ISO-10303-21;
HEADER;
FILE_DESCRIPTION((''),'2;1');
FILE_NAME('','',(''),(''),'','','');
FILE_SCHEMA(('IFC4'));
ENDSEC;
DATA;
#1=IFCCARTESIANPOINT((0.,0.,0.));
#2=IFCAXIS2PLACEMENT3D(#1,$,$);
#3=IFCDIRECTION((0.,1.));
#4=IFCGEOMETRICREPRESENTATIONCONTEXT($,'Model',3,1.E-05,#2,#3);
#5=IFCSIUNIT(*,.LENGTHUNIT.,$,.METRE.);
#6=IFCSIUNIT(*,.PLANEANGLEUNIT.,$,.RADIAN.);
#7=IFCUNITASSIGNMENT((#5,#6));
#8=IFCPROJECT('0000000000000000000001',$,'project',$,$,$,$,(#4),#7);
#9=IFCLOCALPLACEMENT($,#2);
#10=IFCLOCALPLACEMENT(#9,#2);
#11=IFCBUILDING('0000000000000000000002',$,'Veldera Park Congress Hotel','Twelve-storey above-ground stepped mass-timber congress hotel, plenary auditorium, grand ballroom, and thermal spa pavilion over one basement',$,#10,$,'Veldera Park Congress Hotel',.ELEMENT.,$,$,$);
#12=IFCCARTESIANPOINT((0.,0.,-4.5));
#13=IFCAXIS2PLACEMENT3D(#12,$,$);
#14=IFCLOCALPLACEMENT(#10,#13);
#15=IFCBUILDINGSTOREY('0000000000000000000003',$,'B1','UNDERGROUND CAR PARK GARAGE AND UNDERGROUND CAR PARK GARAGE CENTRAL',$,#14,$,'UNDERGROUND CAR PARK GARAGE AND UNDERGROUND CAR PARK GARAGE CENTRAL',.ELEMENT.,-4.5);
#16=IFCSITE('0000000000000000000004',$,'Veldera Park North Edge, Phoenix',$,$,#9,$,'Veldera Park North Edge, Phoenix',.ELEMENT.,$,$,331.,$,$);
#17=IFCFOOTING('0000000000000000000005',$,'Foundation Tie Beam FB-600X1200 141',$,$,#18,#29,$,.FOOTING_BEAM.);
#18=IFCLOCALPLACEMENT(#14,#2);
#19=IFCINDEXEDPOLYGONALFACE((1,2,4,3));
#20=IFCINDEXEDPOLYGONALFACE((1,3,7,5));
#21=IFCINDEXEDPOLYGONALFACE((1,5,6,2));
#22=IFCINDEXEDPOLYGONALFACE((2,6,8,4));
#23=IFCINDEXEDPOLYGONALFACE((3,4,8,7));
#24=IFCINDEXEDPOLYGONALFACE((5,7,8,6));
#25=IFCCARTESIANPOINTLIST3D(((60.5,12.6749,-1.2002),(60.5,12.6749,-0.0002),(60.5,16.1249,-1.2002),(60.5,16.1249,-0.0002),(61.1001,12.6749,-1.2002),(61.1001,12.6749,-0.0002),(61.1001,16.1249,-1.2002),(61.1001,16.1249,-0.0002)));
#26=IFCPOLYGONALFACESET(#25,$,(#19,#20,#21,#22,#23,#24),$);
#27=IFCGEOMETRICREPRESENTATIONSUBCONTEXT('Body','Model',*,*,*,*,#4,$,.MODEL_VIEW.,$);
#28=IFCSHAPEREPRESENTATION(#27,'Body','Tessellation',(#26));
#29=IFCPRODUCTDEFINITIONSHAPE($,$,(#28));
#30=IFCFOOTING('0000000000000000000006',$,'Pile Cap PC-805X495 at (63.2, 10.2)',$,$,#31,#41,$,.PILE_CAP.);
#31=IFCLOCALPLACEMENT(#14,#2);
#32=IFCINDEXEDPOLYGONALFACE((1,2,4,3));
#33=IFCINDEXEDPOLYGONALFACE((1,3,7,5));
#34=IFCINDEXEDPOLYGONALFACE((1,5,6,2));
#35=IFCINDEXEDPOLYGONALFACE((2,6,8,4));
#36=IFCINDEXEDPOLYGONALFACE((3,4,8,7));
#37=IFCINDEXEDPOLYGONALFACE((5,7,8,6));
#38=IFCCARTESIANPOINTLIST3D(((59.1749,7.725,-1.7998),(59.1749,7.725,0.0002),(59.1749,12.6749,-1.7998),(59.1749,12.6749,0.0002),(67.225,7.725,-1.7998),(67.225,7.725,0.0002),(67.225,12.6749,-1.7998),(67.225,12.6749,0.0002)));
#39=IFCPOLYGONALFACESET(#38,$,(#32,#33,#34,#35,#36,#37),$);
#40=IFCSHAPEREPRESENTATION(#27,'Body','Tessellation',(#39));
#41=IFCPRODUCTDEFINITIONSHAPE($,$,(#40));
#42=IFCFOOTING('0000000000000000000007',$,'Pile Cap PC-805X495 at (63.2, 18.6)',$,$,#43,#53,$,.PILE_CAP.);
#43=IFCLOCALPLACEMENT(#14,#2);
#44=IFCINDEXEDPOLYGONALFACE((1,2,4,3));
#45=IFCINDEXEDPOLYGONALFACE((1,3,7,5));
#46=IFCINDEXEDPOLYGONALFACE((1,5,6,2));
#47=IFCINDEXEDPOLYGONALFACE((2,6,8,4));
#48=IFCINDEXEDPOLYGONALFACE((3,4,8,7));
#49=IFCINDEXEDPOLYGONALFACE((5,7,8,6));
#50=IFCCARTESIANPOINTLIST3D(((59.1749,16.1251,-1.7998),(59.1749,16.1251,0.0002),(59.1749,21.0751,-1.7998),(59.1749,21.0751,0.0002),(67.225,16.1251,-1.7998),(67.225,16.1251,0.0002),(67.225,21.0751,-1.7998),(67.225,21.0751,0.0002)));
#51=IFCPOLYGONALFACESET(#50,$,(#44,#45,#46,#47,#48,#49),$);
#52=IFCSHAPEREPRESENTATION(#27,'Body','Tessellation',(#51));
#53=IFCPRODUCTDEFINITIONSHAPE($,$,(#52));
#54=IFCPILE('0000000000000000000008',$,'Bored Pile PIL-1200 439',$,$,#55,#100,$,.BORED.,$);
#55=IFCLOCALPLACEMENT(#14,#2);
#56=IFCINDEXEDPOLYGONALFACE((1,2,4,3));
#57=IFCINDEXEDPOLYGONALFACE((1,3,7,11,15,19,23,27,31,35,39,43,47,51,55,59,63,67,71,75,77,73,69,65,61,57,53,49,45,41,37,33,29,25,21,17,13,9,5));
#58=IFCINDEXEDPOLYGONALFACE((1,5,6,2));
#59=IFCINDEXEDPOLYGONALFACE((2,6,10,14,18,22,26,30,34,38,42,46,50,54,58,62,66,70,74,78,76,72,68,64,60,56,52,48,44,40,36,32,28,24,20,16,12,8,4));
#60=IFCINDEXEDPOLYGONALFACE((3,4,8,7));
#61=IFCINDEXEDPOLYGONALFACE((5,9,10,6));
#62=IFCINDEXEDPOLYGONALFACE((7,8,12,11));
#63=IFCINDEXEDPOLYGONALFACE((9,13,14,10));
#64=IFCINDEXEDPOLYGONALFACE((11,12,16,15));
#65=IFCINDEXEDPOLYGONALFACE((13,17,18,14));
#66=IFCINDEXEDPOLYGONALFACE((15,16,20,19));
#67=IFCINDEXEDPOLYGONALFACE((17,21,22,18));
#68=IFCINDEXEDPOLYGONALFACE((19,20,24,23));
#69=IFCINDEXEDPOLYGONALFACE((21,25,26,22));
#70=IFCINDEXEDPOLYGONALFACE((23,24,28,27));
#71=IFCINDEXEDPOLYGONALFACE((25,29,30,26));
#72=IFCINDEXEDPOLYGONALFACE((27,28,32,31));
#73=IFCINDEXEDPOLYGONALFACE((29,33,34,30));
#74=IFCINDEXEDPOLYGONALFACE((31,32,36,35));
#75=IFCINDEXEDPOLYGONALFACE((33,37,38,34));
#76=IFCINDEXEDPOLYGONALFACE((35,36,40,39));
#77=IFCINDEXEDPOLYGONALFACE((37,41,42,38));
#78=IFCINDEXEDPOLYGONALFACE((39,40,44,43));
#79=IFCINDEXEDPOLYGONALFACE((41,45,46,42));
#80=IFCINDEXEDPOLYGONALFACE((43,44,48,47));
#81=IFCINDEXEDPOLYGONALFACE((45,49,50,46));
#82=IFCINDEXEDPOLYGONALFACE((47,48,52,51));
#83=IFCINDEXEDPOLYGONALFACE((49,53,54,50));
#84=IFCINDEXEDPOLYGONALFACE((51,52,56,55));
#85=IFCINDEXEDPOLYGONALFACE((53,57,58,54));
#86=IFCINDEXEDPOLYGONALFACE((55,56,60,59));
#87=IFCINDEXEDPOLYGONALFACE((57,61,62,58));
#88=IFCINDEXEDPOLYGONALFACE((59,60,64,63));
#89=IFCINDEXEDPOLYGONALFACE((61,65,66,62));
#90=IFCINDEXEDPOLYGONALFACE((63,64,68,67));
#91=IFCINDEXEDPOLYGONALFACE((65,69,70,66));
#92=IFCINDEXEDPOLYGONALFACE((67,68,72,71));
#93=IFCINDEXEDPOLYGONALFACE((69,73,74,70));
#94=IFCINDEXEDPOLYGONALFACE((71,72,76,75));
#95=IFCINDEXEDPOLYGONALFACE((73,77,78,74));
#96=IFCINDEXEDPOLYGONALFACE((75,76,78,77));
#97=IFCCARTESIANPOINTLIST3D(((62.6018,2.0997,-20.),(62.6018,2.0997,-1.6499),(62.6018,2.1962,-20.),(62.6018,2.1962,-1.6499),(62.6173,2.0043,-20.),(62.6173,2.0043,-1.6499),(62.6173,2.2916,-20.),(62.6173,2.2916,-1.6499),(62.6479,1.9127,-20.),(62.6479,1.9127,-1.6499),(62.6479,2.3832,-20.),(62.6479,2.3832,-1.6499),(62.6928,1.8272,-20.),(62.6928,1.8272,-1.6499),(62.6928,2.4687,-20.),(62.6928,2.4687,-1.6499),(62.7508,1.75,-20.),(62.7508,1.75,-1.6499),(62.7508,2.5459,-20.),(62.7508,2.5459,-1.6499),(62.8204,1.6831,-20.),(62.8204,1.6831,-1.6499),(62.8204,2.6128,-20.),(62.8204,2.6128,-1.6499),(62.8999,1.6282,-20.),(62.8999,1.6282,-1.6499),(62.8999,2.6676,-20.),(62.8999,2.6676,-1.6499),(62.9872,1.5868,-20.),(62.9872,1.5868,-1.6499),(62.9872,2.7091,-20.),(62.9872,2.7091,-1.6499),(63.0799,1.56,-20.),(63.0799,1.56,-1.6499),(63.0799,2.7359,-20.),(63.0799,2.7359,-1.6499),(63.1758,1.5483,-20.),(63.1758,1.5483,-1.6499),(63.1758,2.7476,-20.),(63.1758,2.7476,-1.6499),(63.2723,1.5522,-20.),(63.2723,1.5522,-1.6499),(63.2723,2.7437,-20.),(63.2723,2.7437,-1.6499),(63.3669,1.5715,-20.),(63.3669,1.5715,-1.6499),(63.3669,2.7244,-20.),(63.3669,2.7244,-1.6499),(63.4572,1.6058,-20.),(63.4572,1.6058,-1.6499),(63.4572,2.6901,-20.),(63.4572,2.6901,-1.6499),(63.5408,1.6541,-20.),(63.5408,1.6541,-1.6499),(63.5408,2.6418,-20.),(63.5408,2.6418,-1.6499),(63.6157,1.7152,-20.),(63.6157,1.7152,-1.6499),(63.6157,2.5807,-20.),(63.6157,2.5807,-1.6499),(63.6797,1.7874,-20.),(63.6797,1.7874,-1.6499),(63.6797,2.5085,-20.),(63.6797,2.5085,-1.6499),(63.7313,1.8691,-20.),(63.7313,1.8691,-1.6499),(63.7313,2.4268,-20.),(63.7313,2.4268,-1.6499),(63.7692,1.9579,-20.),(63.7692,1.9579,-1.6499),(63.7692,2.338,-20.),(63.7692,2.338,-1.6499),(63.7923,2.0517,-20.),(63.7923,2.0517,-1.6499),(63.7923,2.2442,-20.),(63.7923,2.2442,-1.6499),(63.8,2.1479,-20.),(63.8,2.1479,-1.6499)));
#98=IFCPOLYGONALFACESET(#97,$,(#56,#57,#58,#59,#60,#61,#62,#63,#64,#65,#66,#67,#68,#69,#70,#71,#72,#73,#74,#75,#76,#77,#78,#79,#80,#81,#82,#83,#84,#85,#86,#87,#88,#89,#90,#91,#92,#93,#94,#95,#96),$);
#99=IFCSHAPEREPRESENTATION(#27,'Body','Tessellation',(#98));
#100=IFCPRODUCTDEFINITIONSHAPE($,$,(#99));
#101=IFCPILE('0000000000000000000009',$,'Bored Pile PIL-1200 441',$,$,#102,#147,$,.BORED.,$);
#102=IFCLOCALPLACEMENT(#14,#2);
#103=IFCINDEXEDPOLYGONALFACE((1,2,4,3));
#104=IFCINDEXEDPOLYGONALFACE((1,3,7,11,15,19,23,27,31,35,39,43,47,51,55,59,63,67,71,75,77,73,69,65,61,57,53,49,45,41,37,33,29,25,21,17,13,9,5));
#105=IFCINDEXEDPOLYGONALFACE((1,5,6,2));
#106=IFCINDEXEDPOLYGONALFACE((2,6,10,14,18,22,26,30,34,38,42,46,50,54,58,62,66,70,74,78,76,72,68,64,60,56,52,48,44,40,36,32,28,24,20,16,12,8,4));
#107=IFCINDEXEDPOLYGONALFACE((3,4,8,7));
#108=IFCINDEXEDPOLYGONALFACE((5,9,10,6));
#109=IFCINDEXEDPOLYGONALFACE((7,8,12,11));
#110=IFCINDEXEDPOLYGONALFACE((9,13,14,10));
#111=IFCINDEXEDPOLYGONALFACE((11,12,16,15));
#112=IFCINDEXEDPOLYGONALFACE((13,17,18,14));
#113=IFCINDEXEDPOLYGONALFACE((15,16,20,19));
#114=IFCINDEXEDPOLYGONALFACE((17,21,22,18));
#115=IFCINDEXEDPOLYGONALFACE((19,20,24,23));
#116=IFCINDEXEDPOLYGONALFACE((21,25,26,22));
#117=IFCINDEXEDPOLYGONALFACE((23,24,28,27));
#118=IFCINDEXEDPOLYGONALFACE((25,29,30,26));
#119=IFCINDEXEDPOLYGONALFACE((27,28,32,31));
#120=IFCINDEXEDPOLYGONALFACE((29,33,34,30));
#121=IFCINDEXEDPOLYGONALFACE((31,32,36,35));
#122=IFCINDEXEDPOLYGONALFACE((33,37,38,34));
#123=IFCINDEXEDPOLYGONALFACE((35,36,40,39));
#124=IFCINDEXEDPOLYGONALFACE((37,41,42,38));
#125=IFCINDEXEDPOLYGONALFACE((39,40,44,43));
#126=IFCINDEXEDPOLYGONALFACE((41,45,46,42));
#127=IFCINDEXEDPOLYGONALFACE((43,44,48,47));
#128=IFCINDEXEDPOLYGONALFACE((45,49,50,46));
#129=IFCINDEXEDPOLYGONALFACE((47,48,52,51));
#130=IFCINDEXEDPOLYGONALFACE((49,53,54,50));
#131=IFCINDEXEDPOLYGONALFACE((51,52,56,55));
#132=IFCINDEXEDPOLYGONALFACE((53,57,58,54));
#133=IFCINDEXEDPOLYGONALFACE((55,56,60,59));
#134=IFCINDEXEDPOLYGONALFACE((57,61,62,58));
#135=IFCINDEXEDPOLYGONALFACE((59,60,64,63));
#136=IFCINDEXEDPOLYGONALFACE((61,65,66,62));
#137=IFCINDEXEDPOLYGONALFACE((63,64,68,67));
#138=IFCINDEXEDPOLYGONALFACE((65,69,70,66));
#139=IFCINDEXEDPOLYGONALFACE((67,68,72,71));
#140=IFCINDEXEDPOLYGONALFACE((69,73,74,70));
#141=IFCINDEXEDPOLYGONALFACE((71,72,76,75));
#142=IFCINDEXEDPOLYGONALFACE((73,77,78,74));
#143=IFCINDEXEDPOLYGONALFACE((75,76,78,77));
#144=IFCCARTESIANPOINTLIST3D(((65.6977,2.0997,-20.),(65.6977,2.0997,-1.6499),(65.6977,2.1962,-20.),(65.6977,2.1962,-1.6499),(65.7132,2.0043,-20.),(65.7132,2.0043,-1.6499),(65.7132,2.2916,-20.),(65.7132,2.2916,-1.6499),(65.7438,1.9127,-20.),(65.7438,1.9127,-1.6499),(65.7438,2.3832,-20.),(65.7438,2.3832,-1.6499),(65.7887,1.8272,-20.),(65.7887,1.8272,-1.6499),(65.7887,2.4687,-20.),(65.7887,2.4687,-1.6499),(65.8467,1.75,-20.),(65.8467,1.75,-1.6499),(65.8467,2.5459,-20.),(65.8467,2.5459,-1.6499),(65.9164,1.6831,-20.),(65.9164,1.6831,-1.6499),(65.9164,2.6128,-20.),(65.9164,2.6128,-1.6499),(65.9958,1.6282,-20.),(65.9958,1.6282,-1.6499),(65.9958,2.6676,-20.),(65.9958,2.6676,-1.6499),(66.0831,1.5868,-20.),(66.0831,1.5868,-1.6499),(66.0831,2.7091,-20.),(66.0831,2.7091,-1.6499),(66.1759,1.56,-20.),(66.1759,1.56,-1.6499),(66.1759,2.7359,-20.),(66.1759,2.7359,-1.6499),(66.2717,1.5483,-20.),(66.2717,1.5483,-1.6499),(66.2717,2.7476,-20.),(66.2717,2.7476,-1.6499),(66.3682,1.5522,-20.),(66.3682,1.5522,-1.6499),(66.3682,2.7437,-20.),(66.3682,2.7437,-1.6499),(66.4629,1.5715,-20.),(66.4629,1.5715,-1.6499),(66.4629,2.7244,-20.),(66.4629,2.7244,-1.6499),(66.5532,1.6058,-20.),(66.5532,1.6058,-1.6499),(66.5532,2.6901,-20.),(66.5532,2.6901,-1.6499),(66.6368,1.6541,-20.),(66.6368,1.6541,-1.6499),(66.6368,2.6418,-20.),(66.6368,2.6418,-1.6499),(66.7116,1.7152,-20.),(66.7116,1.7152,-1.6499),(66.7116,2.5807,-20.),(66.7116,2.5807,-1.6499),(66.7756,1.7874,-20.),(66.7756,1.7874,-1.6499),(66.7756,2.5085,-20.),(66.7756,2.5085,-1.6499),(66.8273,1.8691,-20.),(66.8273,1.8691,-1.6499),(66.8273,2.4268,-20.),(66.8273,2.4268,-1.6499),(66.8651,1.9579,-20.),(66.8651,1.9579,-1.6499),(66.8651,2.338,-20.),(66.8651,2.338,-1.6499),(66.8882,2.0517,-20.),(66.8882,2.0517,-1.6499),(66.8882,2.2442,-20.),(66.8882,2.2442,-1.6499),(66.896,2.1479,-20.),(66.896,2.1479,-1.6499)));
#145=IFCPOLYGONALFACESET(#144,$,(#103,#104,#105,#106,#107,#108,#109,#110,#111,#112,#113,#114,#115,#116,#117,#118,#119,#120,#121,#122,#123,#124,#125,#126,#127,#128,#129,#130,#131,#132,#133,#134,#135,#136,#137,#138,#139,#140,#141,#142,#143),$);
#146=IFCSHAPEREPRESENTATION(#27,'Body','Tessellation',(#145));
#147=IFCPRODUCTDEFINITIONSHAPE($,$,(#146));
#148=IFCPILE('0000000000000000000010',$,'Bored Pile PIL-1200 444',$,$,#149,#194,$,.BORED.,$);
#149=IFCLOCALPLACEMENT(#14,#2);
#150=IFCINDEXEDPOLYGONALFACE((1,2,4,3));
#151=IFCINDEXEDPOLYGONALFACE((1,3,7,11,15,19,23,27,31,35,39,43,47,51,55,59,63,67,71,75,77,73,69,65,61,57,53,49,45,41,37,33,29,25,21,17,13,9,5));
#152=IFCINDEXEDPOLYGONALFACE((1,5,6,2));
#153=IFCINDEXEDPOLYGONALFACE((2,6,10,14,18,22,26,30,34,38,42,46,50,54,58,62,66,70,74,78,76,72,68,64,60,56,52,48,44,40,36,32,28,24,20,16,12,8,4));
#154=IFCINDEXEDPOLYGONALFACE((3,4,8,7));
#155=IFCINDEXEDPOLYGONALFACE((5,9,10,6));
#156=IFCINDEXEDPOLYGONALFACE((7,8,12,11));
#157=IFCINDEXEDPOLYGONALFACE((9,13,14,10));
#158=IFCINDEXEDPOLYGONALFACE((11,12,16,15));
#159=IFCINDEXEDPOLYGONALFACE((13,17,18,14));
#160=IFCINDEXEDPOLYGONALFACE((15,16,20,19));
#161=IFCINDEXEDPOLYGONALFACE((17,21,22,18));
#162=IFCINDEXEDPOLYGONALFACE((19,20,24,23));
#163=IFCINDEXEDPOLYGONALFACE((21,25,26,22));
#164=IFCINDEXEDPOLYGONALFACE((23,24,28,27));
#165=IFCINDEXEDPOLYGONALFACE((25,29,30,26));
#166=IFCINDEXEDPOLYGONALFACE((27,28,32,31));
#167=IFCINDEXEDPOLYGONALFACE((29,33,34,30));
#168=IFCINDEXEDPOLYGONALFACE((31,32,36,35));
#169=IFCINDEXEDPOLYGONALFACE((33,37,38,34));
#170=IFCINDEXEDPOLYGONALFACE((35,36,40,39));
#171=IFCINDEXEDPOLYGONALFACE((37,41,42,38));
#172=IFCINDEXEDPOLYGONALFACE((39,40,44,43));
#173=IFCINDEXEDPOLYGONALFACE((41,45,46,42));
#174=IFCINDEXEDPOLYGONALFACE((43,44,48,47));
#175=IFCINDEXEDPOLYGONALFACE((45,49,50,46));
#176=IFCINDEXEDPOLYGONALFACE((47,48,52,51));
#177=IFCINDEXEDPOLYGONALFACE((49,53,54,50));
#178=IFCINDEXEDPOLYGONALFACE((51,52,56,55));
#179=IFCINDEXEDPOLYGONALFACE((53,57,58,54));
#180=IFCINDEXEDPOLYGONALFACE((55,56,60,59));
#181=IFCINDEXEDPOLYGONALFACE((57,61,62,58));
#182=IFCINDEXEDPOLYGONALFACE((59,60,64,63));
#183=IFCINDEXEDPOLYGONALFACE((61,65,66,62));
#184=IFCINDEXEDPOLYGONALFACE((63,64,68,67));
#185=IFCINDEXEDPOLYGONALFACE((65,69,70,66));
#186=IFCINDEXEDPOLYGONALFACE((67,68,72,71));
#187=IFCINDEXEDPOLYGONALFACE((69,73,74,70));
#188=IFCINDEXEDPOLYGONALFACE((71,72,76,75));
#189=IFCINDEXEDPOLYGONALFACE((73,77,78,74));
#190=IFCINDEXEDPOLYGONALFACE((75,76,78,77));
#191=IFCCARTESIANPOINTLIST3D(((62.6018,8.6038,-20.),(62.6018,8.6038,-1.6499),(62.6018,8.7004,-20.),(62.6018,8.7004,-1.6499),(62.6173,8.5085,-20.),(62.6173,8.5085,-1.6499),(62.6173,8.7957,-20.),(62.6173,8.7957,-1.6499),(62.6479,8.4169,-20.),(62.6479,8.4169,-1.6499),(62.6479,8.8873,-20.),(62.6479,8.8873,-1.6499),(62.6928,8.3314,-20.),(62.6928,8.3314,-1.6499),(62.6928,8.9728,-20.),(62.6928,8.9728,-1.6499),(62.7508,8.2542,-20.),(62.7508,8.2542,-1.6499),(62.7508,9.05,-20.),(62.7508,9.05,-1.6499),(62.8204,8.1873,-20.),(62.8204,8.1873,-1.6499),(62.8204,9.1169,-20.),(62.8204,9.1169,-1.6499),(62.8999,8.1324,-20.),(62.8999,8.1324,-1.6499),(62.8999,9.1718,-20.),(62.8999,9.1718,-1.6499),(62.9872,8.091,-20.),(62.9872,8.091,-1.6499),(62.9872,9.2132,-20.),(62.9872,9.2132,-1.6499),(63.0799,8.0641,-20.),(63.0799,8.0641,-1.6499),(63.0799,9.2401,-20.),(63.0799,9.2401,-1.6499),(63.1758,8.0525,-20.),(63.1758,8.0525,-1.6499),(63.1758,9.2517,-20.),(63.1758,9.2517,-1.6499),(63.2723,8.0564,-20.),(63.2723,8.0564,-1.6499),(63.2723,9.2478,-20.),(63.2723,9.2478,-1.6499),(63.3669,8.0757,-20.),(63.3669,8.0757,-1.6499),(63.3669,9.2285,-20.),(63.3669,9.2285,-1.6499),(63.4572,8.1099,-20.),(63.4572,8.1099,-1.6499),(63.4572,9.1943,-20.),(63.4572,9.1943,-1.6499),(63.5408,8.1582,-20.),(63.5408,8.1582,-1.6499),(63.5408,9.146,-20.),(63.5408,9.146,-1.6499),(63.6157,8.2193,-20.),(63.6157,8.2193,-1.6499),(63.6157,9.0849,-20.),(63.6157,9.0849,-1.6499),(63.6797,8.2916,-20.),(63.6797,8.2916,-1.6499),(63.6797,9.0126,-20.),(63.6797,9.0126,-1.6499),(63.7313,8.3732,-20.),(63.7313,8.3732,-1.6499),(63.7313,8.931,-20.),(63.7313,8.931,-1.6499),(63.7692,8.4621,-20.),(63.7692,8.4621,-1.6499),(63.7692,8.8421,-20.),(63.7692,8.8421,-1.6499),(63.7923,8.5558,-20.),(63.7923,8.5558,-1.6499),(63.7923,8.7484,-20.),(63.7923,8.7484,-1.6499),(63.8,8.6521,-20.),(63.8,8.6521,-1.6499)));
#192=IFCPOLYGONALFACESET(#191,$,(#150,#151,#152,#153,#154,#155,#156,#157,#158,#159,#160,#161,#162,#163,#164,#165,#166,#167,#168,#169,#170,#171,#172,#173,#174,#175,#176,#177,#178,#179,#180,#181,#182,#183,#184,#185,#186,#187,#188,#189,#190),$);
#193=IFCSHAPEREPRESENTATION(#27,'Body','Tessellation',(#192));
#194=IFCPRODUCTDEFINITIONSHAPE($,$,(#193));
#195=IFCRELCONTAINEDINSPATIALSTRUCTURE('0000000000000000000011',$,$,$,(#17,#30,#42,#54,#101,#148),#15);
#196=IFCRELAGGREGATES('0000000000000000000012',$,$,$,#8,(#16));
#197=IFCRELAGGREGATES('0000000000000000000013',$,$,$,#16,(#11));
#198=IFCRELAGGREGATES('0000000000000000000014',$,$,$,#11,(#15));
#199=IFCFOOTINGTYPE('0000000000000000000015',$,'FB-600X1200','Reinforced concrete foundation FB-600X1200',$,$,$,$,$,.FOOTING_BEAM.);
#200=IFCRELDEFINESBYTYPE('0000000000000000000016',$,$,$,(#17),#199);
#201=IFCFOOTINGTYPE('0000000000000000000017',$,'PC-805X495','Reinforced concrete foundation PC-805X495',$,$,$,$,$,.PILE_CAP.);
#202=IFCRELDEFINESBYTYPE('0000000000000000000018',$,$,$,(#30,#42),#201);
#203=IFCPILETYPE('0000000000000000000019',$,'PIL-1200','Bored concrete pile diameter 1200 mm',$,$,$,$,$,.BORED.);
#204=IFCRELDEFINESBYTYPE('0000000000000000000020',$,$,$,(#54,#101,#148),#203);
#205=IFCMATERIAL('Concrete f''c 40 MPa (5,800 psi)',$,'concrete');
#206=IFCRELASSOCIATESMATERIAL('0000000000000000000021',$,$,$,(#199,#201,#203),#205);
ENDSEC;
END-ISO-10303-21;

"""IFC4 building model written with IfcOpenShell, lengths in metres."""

from ifc_helpers import new_model, si_unit, direction, frame, origin, origin_2d, place, context, subcontext, project, spatial, rectangle, circle, extrude, material, material_profile, profile_set, type_object, element, save


model = new_model("IFC4")

# Units and contexts
model_context = context("Model", 3, precision=1e-05, world=origin(), true_north=direction((0.0, 1.0)))
body_context = subcontext(model_context, "Body", "Model", "MODEL_VIEW")
ifc_project = project(units=[si_unit("LENGTHUNIT", "METRE"), si_unit("PLANEANGLEUNIT", "RADIAN")], contexts=[model_context])

# Site, building, storey
site_placement = place(None, origin())
site = spatial("IfcSite", under=ifc_project, at=site_placement, Name="Veldera Park North Edge, Phoenix", LongName="Veldera Park North Edge, Phoenix", CompositionType="ELEMENT", RefElevation=331.0)
building_placement = place(site_placement, origin())
building = spatial("IfcBuilding", under=site, at=building_placement, Name="Veldera Park Congress Hotel", Description="Twelve-storey above-ground stepped mass-timber congress hotel, plenary auditorium, grand ballroom, and thermal spa pavilion over one basement", LongName="Veldera Park Congress Hotel", CompositionType="ELEMENT")
storey_placement = place(building_placement, frame((0.0, 0.0, -4.5)))
storey = spatial("IfcBuildingStorey", under=building, at=storey_placement, Name="B1", Description="UNDERGROUND CAR PARK GARAGE AND UNDERGROUND CAR PARK GARAGE CENTRAL", LongName="UNDERGROUND CAR PARK GARAGE AND UNDERGROUND CAR PARK GARAGE CENTRAL", CompositionType="ELEMENT", Elevation=-4.5)

# Footings
ifc_material_1 = material(Name="Concrete f'c 40 MPa (5,800 psi)", Category="concrete")
footing_type_1 = type_object("IfcFootingType", Name="FB-600X1200", Description="Reinforced concrete foundation FB-600X1200", PredefinedType="FOOTING_BEAM", material=ifc_material_1)
footing_placement = place(storey_placement, frame((60.8, 14.3999, -1.2002), z_axis=(0.0, 0.0, 1.0), x_axis=(0.0, 1.0, 0.0)))
element("IfcFooting", 1, at=footing_placement, inside=storey, type_object=footing_type_1, Name="Foundation Tie Beam FB-600X1200 141", PredefinedType="FOOTING_BEAM", context=body_context, shape_type="SweptSolid", body=[
    extrude(rectangle(XDim=3.45, YDim=0.6001, at=origin_2d()), origin(), (0.0, 0.0, 1.0), 1.2),
])
footing_type_2 = type_object("IfcFootingType", Name="PC-805X495", Description="Reinforced concrete foundation PC-805X495", PredefinedType="PILE_CAP", material=ifc_material_1)
for number, where, z_axis, x_axis, name in (
    (2, (63.2, 10.2, -1.7998), (0.0, 0.0, 1.0), (1.0, 0.0, 0.0), "Pile Cap PC-805X495 at (63.2, 10.2)"),
    (3, (63.2, 18.6001, -1.7998), (0.0, 0.0, 1.0), (1.0, 0.0, 0.0), "Pile Cap PC-805X495 at (63.2, 18.6)"),
):
    element("IfcFooting", number, at=place(storey_placement, frame(where, z_axis=z_axis, x_axis=x_axis)), inside=storey, type_object=footing_type_2, Name=name, PredefinedType="PILE_CAP", context=body_context, shape_type="SweptSolid", body=[
        extrude(rectangle(XDim=8.05, YDim=4.95, at=origin_2d()), origin(), (0.0, 0.0, 1.0), 1.8),
    ])

# Piles
ifc_material_profile_1 = material_profile(ifc_material_1, circle(Radius=0.6001, at=origin_2d()), Name="PILE D1200")
ifc_profile_set_1 = profile_set([ifc_material_profile_1], Name="Concrete f'c 40 MPa (5,800 psi)")
pile_type = type_object("IfcPileType", Name="PIL-1200", Description="Bored concrete pile diameter 1200 mm", PredefinedType="BORED", material=ifc_profile_set_1)
for number, where, z_axis, x_axis, name in (
    (4, (63.2, 2.1479, -1.6499), (0.0, 0.0, -1.0), (1.0, 0.0, 0.0), "Bored Pile PIL-1200 439"),
    (5, (66.2959, 2.1479, -1.6499), (0.0, 0.0, -1.0), (1.0, 0.0, 0.0), "Bored Pile PIL-1200 441"),
    (6, (63.2, 8.6521, -1.6499), (0.0, 0.0, -1.0), (1.0, 0.0, 0.0), "Bored Pile PIL-1200 444"),
):
    element("IfcPile", number, at=place(storey_placement, frame(where, z_axis=z_axis, x_axis=x_axis)), inside=storey, type_object=pile_type, Name=name, PredefinedType="BORED", context=body_context, shape_type="SweptSolid", body=[
        extrude(circle(Radius=0.6001, at=origin_2d()), origin(), (0.0, 0.0, 1.0), 18.3501),
    ])

save(model, "model.ifc")
